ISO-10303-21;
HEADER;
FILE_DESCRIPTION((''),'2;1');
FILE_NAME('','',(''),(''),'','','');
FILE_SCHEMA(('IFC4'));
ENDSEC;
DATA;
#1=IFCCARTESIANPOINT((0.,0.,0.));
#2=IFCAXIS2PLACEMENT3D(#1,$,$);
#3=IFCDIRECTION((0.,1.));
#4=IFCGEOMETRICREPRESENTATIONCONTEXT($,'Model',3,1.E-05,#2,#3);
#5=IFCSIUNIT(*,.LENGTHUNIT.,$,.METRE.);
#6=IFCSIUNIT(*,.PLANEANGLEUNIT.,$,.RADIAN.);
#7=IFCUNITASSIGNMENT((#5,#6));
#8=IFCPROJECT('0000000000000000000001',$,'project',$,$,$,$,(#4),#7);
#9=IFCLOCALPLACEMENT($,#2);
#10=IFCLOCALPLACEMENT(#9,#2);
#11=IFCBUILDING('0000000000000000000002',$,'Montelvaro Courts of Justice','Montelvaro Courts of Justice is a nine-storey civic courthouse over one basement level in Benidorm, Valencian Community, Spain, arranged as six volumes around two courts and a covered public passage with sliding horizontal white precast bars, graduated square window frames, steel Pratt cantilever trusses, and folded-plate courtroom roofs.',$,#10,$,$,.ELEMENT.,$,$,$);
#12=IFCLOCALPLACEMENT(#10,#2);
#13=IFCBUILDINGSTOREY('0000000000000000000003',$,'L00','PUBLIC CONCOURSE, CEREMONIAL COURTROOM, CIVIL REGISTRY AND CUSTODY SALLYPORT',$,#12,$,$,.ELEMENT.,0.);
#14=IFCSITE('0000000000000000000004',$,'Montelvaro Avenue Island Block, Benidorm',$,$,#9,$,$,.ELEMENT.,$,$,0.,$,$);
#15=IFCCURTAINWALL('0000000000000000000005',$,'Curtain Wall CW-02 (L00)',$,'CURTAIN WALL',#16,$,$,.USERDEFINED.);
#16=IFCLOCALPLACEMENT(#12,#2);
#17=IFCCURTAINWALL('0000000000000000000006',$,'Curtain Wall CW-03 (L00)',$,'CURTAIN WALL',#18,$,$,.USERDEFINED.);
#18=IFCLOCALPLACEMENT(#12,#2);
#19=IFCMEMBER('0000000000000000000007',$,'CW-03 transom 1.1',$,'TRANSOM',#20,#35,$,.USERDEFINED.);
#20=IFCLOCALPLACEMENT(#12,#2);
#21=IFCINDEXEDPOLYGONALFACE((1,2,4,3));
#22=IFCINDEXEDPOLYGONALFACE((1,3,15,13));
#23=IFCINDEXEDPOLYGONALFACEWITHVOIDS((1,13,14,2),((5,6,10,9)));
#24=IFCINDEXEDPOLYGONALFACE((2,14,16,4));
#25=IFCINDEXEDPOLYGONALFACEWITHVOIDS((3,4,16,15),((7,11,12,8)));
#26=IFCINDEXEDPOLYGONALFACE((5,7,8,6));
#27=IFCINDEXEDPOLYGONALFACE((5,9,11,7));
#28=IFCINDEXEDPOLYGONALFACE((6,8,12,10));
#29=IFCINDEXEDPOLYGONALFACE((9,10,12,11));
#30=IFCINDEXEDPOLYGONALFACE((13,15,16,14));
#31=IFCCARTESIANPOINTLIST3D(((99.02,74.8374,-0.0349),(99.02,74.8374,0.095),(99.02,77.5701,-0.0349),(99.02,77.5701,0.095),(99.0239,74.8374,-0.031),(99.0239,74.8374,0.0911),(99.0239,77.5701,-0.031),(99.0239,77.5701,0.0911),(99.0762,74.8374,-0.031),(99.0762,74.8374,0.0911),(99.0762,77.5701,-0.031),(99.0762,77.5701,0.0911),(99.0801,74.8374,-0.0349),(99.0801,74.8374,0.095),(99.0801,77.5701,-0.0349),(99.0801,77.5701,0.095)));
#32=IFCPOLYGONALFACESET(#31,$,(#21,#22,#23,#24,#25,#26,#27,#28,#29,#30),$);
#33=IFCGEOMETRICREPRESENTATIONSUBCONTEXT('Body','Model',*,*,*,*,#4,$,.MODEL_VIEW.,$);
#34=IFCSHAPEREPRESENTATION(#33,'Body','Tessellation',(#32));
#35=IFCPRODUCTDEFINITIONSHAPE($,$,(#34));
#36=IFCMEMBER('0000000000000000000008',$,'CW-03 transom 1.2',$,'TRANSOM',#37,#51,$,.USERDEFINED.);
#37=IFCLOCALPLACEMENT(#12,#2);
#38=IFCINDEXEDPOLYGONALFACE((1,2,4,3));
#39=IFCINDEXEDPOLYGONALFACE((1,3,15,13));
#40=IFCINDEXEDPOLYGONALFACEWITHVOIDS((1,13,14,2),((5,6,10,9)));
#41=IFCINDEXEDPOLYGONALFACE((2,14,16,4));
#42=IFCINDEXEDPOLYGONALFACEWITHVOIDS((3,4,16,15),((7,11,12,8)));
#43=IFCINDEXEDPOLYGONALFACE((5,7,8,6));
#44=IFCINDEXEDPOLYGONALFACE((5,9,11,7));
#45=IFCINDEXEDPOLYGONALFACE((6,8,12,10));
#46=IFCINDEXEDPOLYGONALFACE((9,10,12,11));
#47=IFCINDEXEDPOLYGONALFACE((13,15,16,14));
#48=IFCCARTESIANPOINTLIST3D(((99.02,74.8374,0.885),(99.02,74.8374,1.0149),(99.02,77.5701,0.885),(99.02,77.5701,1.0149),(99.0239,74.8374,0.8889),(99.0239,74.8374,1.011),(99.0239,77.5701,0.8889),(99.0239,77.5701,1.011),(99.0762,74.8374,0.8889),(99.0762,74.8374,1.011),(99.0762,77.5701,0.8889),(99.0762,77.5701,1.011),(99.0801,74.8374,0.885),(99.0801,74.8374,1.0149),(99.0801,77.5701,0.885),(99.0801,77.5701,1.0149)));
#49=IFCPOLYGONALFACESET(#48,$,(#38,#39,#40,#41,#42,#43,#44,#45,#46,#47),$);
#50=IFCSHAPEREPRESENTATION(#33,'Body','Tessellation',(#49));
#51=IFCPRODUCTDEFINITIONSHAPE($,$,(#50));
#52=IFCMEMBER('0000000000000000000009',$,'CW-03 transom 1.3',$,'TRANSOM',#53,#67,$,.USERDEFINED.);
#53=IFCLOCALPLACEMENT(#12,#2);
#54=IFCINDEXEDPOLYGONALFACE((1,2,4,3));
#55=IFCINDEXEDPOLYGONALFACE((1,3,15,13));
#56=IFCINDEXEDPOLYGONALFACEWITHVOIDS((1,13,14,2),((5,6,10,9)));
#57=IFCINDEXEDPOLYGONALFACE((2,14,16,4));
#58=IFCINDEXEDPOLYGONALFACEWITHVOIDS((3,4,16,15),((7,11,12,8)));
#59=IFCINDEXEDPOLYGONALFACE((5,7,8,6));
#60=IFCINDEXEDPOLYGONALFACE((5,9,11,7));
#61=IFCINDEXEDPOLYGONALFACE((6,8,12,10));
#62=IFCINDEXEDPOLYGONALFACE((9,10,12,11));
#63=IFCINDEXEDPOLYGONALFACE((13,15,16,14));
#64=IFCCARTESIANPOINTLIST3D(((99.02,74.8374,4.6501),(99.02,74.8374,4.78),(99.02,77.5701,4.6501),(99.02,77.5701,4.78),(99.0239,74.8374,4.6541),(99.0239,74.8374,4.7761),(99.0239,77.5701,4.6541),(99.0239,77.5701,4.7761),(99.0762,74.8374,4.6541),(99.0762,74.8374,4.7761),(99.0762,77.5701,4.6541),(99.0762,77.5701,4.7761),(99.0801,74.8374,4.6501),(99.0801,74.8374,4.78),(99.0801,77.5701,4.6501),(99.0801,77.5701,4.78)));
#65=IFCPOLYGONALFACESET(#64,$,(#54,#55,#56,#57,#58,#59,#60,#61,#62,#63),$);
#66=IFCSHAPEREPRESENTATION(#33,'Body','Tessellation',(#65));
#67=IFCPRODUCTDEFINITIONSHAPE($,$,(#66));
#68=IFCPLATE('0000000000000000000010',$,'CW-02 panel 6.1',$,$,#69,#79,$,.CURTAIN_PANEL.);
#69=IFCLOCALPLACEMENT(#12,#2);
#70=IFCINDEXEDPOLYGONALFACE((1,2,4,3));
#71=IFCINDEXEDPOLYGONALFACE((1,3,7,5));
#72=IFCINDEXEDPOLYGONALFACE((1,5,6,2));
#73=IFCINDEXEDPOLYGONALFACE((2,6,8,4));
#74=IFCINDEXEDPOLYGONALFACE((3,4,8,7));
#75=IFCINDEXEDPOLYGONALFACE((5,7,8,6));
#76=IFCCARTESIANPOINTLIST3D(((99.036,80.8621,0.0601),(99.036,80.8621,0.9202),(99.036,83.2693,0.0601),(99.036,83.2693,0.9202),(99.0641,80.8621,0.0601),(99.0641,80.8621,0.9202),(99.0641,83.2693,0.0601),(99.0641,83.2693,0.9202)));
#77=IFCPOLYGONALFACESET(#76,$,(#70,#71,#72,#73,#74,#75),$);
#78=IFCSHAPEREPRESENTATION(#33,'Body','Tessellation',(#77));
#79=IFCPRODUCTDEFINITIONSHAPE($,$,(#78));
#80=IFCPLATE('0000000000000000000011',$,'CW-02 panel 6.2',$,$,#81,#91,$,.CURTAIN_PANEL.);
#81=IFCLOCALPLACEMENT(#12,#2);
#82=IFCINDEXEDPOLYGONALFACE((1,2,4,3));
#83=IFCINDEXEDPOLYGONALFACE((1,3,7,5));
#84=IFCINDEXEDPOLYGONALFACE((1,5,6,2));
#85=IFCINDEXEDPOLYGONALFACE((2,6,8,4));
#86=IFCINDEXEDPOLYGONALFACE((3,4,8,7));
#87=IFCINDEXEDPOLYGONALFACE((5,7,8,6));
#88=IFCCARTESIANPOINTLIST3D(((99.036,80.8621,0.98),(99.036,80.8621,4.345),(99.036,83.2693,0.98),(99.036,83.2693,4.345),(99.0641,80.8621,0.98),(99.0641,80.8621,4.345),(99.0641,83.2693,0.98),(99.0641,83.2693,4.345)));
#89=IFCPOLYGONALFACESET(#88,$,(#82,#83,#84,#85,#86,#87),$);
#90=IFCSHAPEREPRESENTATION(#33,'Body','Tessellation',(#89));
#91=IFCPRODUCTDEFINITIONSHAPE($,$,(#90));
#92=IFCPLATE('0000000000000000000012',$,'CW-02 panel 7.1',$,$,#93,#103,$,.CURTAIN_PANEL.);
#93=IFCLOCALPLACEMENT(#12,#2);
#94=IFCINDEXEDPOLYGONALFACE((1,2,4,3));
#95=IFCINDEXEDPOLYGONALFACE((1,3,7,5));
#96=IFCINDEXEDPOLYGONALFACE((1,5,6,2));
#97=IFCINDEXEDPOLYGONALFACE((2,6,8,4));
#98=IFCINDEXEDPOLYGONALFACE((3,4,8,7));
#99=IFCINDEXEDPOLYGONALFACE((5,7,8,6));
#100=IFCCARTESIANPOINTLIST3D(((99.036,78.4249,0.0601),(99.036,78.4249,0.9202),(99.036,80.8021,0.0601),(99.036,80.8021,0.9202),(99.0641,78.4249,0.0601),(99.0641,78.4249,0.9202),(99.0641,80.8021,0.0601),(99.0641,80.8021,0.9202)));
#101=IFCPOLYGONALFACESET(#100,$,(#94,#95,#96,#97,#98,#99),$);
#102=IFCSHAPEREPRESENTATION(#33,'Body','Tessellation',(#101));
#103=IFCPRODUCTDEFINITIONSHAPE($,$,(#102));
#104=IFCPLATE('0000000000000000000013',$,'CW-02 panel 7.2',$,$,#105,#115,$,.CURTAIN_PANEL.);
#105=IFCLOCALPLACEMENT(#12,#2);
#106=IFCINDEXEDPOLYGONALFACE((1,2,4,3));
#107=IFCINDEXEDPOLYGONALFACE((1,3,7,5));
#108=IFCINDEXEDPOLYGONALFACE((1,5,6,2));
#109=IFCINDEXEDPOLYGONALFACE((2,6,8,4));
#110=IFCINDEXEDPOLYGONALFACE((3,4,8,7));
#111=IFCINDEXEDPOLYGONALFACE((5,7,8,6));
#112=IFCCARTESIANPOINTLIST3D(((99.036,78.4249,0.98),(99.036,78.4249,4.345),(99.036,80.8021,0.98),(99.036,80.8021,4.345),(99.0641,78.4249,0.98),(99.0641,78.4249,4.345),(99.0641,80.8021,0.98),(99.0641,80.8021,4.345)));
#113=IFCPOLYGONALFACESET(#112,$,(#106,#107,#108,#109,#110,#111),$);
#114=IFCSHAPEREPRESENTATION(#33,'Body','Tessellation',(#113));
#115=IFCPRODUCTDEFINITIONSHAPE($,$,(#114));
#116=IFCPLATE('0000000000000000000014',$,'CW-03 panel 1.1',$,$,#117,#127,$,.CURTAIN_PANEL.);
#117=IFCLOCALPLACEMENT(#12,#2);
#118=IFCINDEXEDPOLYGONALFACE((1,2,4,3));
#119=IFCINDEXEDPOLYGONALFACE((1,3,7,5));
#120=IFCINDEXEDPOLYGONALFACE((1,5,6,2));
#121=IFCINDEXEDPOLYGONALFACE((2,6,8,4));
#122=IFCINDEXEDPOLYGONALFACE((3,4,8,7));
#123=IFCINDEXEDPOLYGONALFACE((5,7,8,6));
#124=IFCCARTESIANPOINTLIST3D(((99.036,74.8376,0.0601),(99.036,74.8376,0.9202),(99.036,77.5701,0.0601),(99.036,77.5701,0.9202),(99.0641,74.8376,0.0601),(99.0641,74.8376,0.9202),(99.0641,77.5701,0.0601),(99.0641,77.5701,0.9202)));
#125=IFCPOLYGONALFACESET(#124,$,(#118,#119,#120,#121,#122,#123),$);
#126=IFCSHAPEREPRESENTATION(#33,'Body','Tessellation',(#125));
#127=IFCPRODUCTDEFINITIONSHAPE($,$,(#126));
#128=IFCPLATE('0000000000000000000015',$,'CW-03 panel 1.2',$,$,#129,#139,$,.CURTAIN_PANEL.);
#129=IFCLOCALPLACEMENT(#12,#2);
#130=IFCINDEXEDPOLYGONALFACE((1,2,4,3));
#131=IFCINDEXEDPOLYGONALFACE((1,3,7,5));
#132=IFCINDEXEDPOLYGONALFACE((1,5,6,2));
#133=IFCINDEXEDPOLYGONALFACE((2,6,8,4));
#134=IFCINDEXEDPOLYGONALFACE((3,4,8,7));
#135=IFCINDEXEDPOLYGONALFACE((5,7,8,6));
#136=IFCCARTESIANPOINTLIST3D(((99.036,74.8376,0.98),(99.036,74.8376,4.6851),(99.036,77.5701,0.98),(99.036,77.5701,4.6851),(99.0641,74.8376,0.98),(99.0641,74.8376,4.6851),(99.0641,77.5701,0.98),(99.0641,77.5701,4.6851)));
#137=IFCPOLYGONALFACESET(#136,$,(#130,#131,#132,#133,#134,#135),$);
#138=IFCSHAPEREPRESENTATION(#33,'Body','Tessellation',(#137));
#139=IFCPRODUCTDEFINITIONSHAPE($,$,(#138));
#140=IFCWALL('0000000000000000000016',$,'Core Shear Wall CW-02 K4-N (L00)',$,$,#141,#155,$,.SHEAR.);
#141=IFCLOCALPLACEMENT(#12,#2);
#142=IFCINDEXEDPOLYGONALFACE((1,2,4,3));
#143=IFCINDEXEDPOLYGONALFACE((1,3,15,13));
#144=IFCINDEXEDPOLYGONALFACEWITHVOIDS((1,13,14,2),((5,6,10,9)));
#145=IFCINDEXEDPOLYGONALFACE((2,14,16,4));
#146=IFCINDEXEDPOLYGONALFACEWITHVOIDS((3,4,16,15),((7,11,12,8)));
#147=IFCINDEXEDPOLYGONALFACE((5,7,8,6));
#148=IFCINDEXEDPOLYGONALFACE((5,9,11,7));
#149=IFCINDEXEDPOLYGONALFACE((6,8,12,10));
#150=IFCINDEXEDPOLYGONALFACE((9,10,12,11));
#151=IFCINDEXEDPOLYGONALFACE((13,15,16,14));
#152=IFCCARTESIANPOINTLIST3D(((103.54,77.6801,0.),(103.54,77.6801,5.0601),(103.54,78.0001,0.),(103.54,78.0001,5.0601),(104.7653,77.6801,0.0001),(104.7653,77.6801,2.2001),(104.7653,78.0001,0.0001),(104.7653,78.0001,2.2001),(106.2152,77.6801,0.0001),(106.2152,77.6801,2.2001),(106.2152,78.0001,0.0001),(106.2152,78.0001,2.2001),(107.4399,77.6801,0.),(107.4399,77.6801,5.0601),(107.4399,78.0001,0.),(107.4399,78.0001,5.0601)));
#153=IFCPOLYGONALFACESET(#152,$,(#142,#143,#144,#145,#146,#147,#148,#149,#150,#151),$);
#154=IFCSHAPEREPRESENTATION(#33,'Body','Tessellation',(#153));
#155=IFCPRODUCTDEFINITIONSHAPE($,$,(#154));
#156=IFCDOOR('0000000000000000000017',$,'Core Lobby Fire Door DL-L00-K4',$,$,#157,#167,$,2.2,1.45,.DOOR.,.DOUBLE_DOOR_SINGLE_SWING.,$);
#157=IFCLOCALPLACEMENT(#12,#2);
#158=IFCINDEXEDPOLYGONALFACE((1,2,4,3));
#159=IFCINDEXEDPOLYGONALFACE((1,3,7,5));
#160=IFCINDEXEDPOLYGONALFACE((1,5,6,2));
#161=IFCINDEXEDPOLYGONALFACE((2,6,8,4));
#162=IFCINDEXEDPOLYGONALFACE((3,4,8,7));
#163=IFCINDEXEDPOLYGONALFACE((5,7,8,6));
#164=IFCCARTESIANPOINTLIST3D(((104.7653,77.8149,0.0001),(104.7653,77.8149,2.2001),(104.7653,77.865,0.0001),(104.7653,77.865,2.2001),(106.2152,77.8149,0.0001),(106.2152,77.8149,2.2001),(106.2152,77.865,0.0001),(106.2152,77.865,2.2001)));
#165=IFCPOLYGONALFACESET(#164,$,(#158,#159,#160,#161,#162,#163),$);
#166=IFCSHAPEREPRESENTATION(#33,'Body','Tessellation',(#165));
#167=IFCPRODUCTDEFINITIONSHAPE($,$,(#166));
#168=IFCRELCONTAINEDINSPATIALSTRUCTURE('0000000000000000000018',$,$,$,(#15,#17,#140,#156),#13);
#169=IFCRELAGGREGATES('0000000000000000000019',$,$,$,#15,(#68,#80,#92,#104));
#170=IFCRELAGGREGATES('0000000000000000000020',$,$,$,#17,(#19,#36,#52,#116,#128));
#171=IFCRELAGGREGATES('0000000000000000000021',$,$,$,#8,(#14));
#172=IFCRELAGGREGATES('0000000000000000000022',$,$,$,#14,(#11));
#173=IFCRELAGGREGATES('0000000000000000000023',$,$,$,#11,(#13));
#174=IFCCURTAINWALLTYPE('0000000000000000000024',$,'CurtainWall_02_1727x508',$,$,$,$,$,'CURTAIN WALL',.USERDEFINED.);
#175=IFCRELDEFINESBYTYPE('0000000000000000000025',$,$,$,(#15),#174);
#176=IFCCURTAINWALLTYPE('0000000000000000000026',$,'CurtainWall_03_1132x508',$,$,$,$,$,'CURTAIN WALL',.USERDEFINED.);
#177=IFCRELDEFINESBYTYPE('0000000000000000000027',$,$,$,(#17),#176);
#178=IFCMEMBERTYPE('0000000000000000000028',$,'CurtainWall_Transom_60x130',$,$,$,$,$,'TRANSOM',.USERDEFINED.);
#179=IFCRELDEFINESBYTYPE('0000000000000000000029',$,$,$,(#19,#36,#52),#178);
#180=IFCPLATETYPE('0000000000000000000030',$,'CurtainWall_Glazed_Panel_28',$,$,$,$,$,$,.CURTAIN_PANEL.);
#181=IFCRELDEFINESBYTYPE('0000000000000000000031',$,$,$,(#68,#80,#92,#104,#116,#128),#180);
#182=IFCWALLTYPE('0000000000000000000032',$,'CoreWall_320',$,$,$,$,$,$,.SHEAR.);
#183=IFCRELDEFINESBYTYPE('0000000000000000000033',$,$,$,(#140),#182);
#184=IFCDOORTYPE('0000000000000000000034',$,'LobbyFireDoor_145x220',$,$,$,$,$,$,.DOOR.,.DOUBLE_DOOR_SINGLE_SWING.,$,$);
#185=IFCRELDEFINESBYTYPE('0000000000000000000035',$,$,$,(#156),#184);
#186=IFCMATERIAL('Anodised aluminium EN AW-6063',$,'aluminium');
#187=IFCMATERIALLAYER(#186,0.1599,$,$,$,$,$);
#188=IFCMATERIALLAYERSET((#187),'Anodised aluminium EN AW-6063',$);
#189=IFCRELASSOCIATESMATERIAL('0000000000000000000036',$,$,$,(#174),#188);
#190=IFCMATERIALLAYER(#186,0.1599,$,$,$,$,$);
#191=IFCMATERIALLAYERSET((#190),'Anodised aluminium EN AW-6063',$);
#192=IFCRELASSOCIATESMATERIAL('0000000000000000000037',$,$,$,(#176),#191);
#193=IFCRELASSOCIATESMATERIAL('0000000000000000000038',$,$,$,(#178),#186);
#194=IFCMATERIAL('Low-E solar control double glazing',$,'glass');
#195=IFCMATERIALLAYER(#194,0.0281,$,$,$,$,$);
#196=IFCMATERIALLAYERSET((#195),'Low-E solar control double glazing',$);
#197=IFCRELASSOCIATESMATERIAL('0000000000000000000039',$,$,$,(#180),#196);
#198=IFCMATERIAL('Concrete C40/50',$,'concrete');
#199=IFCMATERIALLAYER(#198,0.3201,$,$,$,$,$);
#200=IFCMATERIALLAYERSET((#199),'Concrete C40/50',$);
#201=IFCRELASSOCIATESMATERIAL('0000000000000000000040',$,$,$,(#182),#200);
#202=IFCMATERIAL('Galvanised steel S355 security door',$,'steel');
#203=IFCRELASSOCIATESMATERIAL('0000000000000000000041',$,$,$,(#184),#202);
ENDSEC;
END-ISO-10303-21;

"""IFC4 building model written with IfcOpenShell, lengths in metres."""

from ifc_helpers import new_model, si_unit, direction, frame, frame_2d, origin, origin_2d, place, context, subcontext, project, spatial, rectangle, hollow_rectangle, extrude, material, layer, layer_set, material_profile, profile_set, type_object, element, fill, aggregate, save


model = new_model("IFC4")

# Units and contexts
model_context = context("Model", 3, precision=1e-05, world=origin(), true_north=direction((0.0, 1.0)))
body_context = subcontext(model_context, "Body", "Model", "MODEL_VIEW")
ifc_project = project(units=[si_unit("LENGTHUNIT", "METRE"), si_unit("PLANEANGLEUNIT", "RADIAN")], contexts=[model_context])

# Site, building, storey
site_placement = place(None, origin())
site = spatial("IfcSite", under=ifc_project, at=site_placement, Name="Montelvaro Avenue Island Block, Benidorm", CompositionType="ELEMENT", RefElevation=0.0)
building_placement = place(site_placement, origin())
building = spatial("IfcBuilding", under=site, at=building_placement, Name="Montelvaro Courts of Justice", Description="Montelvaro Courts of Justice is a nine-storey civic courthouse over one basement level in Benidorm, Valencian Community, Spain, arranged as six volumes around two courts and a covered public passage with sliding horizontal white precast bars, graduated square window frames, steel Pratt cantilever trusses, and folded-plate courtroom roofs.", CompositionType="ELEMENT")
storey_placement = place(building_placement, origin())
storey = spatial("IfcBuildingStorey", under=building, at=storey_placement, Name="L00", Description="PUBLIC CONCOURSE, CEREMONIAL COURTROOM, CIVIL REGISTRY AND CUSTODY SALLYPORT", CompositionType="ELEMENT", Elevation=0.0)

# Curtain walls
ifc_material_1 = material(Name="Anodised aluminium EN AW-6063", Category="aluminium")
ifc_layer_1 = layer(ifc_material_1, 0.1599)
ifc_layer_set_1 = layer_set([ifc_layer_1], Name="Anodised aluminium EN AW-6063")
curtain_wall_type_1 = type_object("IfcCurtainWallType", Name="CurtainWall_02_1727x508", ElementType="CURTAIN WALL", PredefinedType="USERDEFINED", material=ifc_layer_set_1)
curtain_wall_1_placement = place(storey_placement, origin())
curtain_wall_1 = element("IfcCurtainWall", 1, at=curtain_wall_1_placement, inside=storey, type_object=curtain_wall_type_1, Name="Curtain Wall CW-02 (L00)", ObjectType="CURTAIN WALL", PredefinedType="USERDEFINED")
ifc_layer_2 = layer(ifc_material_1, 0.1599)
ifc_layer_set_2 = layer_set([ifc_layer_2], Name="Anodised aluminium EN AW-6063")
curtain_wall_type_2 = type_object("IfcCurtainWallType", Name="CurtainWall_03_1132x508", ElementType="CURTAIN WALL", PredefinedType="USERDEFINED", material=ifc_layer_set_2)
curtain_wall_2_placement = place(storey_placement, origin())
curtain_wall_2 = element("IfcCurtainWall", 2, at=curtain_wall_2_placement, inside=storey, type_object=curtain_wall_type_2, Name="Curtain Wall CW-03 (L00)", ObjectType="CURTAIN WALL", PredefinedType="USERDEFINED")

# Members
ifc_material_profile_1 = material_profile(ifc_material_1, hollow_rectangle(XDim=0.0601, YDim=0.1299, WallThickness=0.0039, at=origin_2d()), Name="ALU-T 60x130")
ifc_profile_set_1 = profile_set([ifc_material_profile_1], Name="Anodised aluminium EN AW-6063")
member_type_1 = type_object("IfcMemberType", Name="CurtainWall_Transom_60x130", ElementType="TRANSOM", PredefinedType="USERDEFINED", material=ifc_profile_set_1)
member_1_placement = place(storey_placement, frame((99.05, 77.5701, 0.03), z_axis=(0.0, -1.0, 0.0), x_axis=(1.0, 0.0, 0.0)))
member_1 = element("IfcMember", 3, at=member_1_placement, type_object=member_type_1, Name="CW-03 transom 1.1", ObjectType="TRANSOM", PredefinedType="USERDEFINED", context=body_context, shape_type="SweptSolid", body=[
    extrude(hollow_rectangle(XDim=0.0601, YDim=0.1299, WallThickness=0.0039, at=origin_2d()), origin(), (0.0, 0.0, 1.0), 2.7327),
])
member_2_placement = place(storey_placement, frame((99.05, 77.5701, 0.95), z_axis=(0.0, -1.0, 0.0), x_axis=(1.0, 0.0, 0.0)))
member_2 = element("IfcMember", 4, at=member_2_placement, type_object=member_type_1, Name="CW-03 transom 1.2", ObjectType="TRANSOM", PredefinedType="USERDEFINED", context=body_context, shape_type="SweptSolid", body=[
    extrude(hollow_rectangle(XDim=0.0601, YDim=0.1299, WallThickness=0.0039, at=origin_2d()), origin(), (0.0, 0.0, 1.0), 2.7327),
])
member_3_placement = place(storey_placement, frame((99.05, 77.5701, 4.7151), z_axis=(0.0, -1.0, 0.0), x_axis=(1.0, 0.0, 0.0)))
member_3 = element("IfcMember", 5, at=member_3_placement, type_object=member_type_1, Name="CW-03 transom 1.3", ObjectType="TRANSOM", PredefinedType="USERDEFINED", context=body_context, shape_type="SweptSolid", body=[
    extrude(hollow_rectangle(XDim=0.0601, YDim=0.1299, WallThickness=0.0039, at=origin_2d()), origin(), (0.0, 0.0, 1.0), 2.7327),
])

# Plates
ifc_material_2 = material(Name="Low-E solar control double glazing", Category="glass")
ifc_layer_3 = layer(ifc_material_2, 0.0281)
ifc_layer_set_3 = layer_set([ifc_layer_3], Name="Low-E solar control double glazing")
plate_type = type_object("IfcPlateType", Name="CurtainWall_Glazed_Panel_28", PredefinedType="CURTAIN_PANEL", material=ifc_layer_set_3)
plate_1_placement = place(storey_placement, frame((99.05, 82.0657, 0.0601), z_axis=(0.0, 0.0, 1.0), x_axis=(0.0, -1.0, 0.0)))
plate_1 = element("IfcPlate", 6, at=plate_1_placement, type_object=plate_type, Name="CW-02 panel 6.1", PredefinedType="CURTAIN_PANEL", context=body_context, shape_type="SweptSolid", body=[
    extrude(rectangle(XDim=2.4072, YDim=0.0281, at=origin_2d()), origin(), (0.0, 0.0, 1.0), 0.8601),
])
plate_2_placement = place(storey_placement, frame((99.05, 82.0657, 0.98), z_axis=(0.0, 0.0, 1.0), x_axis=(0.0, -1.0, 0.0)))
plate_2 = element("IfcPlate", 7, at=plate_2_placement, type_object=plate_type, Name="CW-02 panel 6.2", PredefinedType="CURTAIN_PANEL", context=body_context, shape_type="SweptSolid", body=[
    extrude(rectangle(XDim=2.4072, YDim=0.0281, at=origin_2d()), origin(), (0.0, 0.0, 1.0), 3.365),
])
plate_3_placement = place(storey_placement, frame((99.05, 79.6135, 0.0601), z_axis=(0.0, 0.0, 1.0), x_axis=(0.0, -1.0, 0.0)))
plate_3 = element("IfcPlate", 8, at=plate_3_placement, type_object=plate_type, Name="CW-02 panel 7.1", PredefinedType="CURTAIN_PANEL", context=body_context, shape_type="SweptSolid", body=[
    extrude(rectangle(XDim=2.3772, YDim=0.0281, at=origin_2d()), origin(), (0.0, 0.0, 1.0), 0.8601),
])
plate_4_placement = place(storey_placement, frame((99.05, 79.6135, 0.98), z_axis=(0.0, 0.0, 1.0), x_axis=(0.0, -1.0, 0.0)))
plate_4 = element("IfcPlate", 9, at=plate_4_placement, type_object=plate_type, Name="CW-02 panel 7.2", PredefinedType="CURTAIN_PANEL", context=body_context, shape_type="SweptSolid", body=[
    extrude(rectangle(XDim=2.3772, YDim=0.0281, at=origin_2d()), origin(), (0.0, 0.0, 1.0), 3.365),
])
aggregate(curtain_wall_1, [plate_1, plate_2, plate_3, plate_4])
plate_5_placement = place(storey_placement, frame((99.05, 76.2039, 0.0601), z_axis=(0.0, 0.0, 1.0), x_axis=(0.0, -1.0, 0.0)))
plate_5 = element("IfcPlate", 10, at=plate_5_placement, type_object=plate_type, Name="CW-03 panel 1.1", PredefinedType="CURTAIN_PANEL", context=body_context, shape_type="SweptSolid", body=[
    extrude(rectangle(XDim=2.7324, YDim=0.0281, at=origin_2d()), origin(), (0.0, 0.0, 1.0), 0.8601),
])
plate_6_placement = place(storey_placement, frame((99.05, 76.2039, 0.98), z_axis=(0.0, 0.0, 1.0), x_axis=(0.0, -1.0, 0.0)))
plate_6 = element("IfcPlate", 11, at=plate_6_placement, type_object=plate_type, Name="CW-03 panel 1.2", PredefinedType="CURTAIN_PANEL", context=body_context, shape_type="SweptSolid", body=[
    extrude(rectangle(XDim=2.7324, YDim=0.0281, at=origin_2d()), origin(), (0.0, 0.0, 1.0), 3.7051),
])
aggregate(curtain_wall_2, [member_1, member_2, member_3, plate_5, plate_6])

# Wall, opening, door
ifc_material_3 = material(Name="Concrete C40/50", Category="concrete")
ifc_layer_4 = layer(ifc_material_3, 0.3201)
ifc_layer_set_4 = layer_set([ifc_layer_4], Name="Concrete C40/50")
wall_type_1 = type_object("IfcWallType", Name="CoreWall_320", PredefinedType="SHEAR", material=ifc_layer_set_4)
wall_1_placement = place(storey_placement, frame((103.54, 77.8401, 0.0), z_axis=(0.0, 0.0, 1.0), x_axis=(1.0, 0.0, 0.0)))
wall_1 = element("IfcWall", 12, at=wall_1_placement, inside=storey, type_object=wall_type_1, Name="Core Shear Wall CW-02 K4-N (L00)", PredefinedType="SHEAR", context=body_context, shape_type="SweptSolid", body=[
    extrude(rectangle(XDim=3.8999, YDim=0.3201, at=frame_2d((1.95, 0.0))), origin(), (0.0, 0.0, 1.0), 5.0601),
])
opening_1_placement = place(wall_1_placement, frame((1.2251, 0.0, 0.0)))
opening_1 = element("IfcOpeningElement", 13, at=opening_1_placement, cuts=wall_1, PredefinedType="OPENING", context=body_context, shape_type="SweptSolid", body=[
    extrude(rectangle(XDim=1.45, YDim=2.2, at=frame_2d((0.7251, 1.1001))), frame((0.0, 0.1748, 0.0), z_axis=(0.0, -1.0, 0.0), x_axis=(1.0, 0.0, 0.0)), (0.0, 0.0, 1.0), 0.3499),
])
ifc_material_4 = material(Name="Galvanised steel S355 security door", Category="steel")
door_type_1 = type_object("IfcDoorType", Name="LobbyFireDoor_145x220", OperationType="DOUBLE_DOOR_SINGLE_SWING", PredefinedType="DOOR", material=ifc_material_4)
door_1_placement = place(opening_1_placement, origin())
door_1 = element("IfcDoor", 14, at=door_1_placement, inside=storey, type_object=door_type_1, Name="Core Lobby Fire Door DL-L00-K4", OperationType="DOUBLE_DOOR_SINGLE_SWING", OverallHeight=2.2, OverallWidth=1.45, PredefinedType="DOOR", context=body_context, shape_type="SweptSolid", body=[
    extrude(rectangle(XDim=1.45, YDim=2.2, at=frame_2d((0.7251, 1.1001))), frame((0.0, 0.0249, 0.0), z_axis=(0.0, -1.0, 0.0), x_axis=(1.0, 0.0, 0.0)), (0.0, 0.0, 1.0), 0.05),
])
fill(opening_1, door_1)

save(model, "model.ifc")
